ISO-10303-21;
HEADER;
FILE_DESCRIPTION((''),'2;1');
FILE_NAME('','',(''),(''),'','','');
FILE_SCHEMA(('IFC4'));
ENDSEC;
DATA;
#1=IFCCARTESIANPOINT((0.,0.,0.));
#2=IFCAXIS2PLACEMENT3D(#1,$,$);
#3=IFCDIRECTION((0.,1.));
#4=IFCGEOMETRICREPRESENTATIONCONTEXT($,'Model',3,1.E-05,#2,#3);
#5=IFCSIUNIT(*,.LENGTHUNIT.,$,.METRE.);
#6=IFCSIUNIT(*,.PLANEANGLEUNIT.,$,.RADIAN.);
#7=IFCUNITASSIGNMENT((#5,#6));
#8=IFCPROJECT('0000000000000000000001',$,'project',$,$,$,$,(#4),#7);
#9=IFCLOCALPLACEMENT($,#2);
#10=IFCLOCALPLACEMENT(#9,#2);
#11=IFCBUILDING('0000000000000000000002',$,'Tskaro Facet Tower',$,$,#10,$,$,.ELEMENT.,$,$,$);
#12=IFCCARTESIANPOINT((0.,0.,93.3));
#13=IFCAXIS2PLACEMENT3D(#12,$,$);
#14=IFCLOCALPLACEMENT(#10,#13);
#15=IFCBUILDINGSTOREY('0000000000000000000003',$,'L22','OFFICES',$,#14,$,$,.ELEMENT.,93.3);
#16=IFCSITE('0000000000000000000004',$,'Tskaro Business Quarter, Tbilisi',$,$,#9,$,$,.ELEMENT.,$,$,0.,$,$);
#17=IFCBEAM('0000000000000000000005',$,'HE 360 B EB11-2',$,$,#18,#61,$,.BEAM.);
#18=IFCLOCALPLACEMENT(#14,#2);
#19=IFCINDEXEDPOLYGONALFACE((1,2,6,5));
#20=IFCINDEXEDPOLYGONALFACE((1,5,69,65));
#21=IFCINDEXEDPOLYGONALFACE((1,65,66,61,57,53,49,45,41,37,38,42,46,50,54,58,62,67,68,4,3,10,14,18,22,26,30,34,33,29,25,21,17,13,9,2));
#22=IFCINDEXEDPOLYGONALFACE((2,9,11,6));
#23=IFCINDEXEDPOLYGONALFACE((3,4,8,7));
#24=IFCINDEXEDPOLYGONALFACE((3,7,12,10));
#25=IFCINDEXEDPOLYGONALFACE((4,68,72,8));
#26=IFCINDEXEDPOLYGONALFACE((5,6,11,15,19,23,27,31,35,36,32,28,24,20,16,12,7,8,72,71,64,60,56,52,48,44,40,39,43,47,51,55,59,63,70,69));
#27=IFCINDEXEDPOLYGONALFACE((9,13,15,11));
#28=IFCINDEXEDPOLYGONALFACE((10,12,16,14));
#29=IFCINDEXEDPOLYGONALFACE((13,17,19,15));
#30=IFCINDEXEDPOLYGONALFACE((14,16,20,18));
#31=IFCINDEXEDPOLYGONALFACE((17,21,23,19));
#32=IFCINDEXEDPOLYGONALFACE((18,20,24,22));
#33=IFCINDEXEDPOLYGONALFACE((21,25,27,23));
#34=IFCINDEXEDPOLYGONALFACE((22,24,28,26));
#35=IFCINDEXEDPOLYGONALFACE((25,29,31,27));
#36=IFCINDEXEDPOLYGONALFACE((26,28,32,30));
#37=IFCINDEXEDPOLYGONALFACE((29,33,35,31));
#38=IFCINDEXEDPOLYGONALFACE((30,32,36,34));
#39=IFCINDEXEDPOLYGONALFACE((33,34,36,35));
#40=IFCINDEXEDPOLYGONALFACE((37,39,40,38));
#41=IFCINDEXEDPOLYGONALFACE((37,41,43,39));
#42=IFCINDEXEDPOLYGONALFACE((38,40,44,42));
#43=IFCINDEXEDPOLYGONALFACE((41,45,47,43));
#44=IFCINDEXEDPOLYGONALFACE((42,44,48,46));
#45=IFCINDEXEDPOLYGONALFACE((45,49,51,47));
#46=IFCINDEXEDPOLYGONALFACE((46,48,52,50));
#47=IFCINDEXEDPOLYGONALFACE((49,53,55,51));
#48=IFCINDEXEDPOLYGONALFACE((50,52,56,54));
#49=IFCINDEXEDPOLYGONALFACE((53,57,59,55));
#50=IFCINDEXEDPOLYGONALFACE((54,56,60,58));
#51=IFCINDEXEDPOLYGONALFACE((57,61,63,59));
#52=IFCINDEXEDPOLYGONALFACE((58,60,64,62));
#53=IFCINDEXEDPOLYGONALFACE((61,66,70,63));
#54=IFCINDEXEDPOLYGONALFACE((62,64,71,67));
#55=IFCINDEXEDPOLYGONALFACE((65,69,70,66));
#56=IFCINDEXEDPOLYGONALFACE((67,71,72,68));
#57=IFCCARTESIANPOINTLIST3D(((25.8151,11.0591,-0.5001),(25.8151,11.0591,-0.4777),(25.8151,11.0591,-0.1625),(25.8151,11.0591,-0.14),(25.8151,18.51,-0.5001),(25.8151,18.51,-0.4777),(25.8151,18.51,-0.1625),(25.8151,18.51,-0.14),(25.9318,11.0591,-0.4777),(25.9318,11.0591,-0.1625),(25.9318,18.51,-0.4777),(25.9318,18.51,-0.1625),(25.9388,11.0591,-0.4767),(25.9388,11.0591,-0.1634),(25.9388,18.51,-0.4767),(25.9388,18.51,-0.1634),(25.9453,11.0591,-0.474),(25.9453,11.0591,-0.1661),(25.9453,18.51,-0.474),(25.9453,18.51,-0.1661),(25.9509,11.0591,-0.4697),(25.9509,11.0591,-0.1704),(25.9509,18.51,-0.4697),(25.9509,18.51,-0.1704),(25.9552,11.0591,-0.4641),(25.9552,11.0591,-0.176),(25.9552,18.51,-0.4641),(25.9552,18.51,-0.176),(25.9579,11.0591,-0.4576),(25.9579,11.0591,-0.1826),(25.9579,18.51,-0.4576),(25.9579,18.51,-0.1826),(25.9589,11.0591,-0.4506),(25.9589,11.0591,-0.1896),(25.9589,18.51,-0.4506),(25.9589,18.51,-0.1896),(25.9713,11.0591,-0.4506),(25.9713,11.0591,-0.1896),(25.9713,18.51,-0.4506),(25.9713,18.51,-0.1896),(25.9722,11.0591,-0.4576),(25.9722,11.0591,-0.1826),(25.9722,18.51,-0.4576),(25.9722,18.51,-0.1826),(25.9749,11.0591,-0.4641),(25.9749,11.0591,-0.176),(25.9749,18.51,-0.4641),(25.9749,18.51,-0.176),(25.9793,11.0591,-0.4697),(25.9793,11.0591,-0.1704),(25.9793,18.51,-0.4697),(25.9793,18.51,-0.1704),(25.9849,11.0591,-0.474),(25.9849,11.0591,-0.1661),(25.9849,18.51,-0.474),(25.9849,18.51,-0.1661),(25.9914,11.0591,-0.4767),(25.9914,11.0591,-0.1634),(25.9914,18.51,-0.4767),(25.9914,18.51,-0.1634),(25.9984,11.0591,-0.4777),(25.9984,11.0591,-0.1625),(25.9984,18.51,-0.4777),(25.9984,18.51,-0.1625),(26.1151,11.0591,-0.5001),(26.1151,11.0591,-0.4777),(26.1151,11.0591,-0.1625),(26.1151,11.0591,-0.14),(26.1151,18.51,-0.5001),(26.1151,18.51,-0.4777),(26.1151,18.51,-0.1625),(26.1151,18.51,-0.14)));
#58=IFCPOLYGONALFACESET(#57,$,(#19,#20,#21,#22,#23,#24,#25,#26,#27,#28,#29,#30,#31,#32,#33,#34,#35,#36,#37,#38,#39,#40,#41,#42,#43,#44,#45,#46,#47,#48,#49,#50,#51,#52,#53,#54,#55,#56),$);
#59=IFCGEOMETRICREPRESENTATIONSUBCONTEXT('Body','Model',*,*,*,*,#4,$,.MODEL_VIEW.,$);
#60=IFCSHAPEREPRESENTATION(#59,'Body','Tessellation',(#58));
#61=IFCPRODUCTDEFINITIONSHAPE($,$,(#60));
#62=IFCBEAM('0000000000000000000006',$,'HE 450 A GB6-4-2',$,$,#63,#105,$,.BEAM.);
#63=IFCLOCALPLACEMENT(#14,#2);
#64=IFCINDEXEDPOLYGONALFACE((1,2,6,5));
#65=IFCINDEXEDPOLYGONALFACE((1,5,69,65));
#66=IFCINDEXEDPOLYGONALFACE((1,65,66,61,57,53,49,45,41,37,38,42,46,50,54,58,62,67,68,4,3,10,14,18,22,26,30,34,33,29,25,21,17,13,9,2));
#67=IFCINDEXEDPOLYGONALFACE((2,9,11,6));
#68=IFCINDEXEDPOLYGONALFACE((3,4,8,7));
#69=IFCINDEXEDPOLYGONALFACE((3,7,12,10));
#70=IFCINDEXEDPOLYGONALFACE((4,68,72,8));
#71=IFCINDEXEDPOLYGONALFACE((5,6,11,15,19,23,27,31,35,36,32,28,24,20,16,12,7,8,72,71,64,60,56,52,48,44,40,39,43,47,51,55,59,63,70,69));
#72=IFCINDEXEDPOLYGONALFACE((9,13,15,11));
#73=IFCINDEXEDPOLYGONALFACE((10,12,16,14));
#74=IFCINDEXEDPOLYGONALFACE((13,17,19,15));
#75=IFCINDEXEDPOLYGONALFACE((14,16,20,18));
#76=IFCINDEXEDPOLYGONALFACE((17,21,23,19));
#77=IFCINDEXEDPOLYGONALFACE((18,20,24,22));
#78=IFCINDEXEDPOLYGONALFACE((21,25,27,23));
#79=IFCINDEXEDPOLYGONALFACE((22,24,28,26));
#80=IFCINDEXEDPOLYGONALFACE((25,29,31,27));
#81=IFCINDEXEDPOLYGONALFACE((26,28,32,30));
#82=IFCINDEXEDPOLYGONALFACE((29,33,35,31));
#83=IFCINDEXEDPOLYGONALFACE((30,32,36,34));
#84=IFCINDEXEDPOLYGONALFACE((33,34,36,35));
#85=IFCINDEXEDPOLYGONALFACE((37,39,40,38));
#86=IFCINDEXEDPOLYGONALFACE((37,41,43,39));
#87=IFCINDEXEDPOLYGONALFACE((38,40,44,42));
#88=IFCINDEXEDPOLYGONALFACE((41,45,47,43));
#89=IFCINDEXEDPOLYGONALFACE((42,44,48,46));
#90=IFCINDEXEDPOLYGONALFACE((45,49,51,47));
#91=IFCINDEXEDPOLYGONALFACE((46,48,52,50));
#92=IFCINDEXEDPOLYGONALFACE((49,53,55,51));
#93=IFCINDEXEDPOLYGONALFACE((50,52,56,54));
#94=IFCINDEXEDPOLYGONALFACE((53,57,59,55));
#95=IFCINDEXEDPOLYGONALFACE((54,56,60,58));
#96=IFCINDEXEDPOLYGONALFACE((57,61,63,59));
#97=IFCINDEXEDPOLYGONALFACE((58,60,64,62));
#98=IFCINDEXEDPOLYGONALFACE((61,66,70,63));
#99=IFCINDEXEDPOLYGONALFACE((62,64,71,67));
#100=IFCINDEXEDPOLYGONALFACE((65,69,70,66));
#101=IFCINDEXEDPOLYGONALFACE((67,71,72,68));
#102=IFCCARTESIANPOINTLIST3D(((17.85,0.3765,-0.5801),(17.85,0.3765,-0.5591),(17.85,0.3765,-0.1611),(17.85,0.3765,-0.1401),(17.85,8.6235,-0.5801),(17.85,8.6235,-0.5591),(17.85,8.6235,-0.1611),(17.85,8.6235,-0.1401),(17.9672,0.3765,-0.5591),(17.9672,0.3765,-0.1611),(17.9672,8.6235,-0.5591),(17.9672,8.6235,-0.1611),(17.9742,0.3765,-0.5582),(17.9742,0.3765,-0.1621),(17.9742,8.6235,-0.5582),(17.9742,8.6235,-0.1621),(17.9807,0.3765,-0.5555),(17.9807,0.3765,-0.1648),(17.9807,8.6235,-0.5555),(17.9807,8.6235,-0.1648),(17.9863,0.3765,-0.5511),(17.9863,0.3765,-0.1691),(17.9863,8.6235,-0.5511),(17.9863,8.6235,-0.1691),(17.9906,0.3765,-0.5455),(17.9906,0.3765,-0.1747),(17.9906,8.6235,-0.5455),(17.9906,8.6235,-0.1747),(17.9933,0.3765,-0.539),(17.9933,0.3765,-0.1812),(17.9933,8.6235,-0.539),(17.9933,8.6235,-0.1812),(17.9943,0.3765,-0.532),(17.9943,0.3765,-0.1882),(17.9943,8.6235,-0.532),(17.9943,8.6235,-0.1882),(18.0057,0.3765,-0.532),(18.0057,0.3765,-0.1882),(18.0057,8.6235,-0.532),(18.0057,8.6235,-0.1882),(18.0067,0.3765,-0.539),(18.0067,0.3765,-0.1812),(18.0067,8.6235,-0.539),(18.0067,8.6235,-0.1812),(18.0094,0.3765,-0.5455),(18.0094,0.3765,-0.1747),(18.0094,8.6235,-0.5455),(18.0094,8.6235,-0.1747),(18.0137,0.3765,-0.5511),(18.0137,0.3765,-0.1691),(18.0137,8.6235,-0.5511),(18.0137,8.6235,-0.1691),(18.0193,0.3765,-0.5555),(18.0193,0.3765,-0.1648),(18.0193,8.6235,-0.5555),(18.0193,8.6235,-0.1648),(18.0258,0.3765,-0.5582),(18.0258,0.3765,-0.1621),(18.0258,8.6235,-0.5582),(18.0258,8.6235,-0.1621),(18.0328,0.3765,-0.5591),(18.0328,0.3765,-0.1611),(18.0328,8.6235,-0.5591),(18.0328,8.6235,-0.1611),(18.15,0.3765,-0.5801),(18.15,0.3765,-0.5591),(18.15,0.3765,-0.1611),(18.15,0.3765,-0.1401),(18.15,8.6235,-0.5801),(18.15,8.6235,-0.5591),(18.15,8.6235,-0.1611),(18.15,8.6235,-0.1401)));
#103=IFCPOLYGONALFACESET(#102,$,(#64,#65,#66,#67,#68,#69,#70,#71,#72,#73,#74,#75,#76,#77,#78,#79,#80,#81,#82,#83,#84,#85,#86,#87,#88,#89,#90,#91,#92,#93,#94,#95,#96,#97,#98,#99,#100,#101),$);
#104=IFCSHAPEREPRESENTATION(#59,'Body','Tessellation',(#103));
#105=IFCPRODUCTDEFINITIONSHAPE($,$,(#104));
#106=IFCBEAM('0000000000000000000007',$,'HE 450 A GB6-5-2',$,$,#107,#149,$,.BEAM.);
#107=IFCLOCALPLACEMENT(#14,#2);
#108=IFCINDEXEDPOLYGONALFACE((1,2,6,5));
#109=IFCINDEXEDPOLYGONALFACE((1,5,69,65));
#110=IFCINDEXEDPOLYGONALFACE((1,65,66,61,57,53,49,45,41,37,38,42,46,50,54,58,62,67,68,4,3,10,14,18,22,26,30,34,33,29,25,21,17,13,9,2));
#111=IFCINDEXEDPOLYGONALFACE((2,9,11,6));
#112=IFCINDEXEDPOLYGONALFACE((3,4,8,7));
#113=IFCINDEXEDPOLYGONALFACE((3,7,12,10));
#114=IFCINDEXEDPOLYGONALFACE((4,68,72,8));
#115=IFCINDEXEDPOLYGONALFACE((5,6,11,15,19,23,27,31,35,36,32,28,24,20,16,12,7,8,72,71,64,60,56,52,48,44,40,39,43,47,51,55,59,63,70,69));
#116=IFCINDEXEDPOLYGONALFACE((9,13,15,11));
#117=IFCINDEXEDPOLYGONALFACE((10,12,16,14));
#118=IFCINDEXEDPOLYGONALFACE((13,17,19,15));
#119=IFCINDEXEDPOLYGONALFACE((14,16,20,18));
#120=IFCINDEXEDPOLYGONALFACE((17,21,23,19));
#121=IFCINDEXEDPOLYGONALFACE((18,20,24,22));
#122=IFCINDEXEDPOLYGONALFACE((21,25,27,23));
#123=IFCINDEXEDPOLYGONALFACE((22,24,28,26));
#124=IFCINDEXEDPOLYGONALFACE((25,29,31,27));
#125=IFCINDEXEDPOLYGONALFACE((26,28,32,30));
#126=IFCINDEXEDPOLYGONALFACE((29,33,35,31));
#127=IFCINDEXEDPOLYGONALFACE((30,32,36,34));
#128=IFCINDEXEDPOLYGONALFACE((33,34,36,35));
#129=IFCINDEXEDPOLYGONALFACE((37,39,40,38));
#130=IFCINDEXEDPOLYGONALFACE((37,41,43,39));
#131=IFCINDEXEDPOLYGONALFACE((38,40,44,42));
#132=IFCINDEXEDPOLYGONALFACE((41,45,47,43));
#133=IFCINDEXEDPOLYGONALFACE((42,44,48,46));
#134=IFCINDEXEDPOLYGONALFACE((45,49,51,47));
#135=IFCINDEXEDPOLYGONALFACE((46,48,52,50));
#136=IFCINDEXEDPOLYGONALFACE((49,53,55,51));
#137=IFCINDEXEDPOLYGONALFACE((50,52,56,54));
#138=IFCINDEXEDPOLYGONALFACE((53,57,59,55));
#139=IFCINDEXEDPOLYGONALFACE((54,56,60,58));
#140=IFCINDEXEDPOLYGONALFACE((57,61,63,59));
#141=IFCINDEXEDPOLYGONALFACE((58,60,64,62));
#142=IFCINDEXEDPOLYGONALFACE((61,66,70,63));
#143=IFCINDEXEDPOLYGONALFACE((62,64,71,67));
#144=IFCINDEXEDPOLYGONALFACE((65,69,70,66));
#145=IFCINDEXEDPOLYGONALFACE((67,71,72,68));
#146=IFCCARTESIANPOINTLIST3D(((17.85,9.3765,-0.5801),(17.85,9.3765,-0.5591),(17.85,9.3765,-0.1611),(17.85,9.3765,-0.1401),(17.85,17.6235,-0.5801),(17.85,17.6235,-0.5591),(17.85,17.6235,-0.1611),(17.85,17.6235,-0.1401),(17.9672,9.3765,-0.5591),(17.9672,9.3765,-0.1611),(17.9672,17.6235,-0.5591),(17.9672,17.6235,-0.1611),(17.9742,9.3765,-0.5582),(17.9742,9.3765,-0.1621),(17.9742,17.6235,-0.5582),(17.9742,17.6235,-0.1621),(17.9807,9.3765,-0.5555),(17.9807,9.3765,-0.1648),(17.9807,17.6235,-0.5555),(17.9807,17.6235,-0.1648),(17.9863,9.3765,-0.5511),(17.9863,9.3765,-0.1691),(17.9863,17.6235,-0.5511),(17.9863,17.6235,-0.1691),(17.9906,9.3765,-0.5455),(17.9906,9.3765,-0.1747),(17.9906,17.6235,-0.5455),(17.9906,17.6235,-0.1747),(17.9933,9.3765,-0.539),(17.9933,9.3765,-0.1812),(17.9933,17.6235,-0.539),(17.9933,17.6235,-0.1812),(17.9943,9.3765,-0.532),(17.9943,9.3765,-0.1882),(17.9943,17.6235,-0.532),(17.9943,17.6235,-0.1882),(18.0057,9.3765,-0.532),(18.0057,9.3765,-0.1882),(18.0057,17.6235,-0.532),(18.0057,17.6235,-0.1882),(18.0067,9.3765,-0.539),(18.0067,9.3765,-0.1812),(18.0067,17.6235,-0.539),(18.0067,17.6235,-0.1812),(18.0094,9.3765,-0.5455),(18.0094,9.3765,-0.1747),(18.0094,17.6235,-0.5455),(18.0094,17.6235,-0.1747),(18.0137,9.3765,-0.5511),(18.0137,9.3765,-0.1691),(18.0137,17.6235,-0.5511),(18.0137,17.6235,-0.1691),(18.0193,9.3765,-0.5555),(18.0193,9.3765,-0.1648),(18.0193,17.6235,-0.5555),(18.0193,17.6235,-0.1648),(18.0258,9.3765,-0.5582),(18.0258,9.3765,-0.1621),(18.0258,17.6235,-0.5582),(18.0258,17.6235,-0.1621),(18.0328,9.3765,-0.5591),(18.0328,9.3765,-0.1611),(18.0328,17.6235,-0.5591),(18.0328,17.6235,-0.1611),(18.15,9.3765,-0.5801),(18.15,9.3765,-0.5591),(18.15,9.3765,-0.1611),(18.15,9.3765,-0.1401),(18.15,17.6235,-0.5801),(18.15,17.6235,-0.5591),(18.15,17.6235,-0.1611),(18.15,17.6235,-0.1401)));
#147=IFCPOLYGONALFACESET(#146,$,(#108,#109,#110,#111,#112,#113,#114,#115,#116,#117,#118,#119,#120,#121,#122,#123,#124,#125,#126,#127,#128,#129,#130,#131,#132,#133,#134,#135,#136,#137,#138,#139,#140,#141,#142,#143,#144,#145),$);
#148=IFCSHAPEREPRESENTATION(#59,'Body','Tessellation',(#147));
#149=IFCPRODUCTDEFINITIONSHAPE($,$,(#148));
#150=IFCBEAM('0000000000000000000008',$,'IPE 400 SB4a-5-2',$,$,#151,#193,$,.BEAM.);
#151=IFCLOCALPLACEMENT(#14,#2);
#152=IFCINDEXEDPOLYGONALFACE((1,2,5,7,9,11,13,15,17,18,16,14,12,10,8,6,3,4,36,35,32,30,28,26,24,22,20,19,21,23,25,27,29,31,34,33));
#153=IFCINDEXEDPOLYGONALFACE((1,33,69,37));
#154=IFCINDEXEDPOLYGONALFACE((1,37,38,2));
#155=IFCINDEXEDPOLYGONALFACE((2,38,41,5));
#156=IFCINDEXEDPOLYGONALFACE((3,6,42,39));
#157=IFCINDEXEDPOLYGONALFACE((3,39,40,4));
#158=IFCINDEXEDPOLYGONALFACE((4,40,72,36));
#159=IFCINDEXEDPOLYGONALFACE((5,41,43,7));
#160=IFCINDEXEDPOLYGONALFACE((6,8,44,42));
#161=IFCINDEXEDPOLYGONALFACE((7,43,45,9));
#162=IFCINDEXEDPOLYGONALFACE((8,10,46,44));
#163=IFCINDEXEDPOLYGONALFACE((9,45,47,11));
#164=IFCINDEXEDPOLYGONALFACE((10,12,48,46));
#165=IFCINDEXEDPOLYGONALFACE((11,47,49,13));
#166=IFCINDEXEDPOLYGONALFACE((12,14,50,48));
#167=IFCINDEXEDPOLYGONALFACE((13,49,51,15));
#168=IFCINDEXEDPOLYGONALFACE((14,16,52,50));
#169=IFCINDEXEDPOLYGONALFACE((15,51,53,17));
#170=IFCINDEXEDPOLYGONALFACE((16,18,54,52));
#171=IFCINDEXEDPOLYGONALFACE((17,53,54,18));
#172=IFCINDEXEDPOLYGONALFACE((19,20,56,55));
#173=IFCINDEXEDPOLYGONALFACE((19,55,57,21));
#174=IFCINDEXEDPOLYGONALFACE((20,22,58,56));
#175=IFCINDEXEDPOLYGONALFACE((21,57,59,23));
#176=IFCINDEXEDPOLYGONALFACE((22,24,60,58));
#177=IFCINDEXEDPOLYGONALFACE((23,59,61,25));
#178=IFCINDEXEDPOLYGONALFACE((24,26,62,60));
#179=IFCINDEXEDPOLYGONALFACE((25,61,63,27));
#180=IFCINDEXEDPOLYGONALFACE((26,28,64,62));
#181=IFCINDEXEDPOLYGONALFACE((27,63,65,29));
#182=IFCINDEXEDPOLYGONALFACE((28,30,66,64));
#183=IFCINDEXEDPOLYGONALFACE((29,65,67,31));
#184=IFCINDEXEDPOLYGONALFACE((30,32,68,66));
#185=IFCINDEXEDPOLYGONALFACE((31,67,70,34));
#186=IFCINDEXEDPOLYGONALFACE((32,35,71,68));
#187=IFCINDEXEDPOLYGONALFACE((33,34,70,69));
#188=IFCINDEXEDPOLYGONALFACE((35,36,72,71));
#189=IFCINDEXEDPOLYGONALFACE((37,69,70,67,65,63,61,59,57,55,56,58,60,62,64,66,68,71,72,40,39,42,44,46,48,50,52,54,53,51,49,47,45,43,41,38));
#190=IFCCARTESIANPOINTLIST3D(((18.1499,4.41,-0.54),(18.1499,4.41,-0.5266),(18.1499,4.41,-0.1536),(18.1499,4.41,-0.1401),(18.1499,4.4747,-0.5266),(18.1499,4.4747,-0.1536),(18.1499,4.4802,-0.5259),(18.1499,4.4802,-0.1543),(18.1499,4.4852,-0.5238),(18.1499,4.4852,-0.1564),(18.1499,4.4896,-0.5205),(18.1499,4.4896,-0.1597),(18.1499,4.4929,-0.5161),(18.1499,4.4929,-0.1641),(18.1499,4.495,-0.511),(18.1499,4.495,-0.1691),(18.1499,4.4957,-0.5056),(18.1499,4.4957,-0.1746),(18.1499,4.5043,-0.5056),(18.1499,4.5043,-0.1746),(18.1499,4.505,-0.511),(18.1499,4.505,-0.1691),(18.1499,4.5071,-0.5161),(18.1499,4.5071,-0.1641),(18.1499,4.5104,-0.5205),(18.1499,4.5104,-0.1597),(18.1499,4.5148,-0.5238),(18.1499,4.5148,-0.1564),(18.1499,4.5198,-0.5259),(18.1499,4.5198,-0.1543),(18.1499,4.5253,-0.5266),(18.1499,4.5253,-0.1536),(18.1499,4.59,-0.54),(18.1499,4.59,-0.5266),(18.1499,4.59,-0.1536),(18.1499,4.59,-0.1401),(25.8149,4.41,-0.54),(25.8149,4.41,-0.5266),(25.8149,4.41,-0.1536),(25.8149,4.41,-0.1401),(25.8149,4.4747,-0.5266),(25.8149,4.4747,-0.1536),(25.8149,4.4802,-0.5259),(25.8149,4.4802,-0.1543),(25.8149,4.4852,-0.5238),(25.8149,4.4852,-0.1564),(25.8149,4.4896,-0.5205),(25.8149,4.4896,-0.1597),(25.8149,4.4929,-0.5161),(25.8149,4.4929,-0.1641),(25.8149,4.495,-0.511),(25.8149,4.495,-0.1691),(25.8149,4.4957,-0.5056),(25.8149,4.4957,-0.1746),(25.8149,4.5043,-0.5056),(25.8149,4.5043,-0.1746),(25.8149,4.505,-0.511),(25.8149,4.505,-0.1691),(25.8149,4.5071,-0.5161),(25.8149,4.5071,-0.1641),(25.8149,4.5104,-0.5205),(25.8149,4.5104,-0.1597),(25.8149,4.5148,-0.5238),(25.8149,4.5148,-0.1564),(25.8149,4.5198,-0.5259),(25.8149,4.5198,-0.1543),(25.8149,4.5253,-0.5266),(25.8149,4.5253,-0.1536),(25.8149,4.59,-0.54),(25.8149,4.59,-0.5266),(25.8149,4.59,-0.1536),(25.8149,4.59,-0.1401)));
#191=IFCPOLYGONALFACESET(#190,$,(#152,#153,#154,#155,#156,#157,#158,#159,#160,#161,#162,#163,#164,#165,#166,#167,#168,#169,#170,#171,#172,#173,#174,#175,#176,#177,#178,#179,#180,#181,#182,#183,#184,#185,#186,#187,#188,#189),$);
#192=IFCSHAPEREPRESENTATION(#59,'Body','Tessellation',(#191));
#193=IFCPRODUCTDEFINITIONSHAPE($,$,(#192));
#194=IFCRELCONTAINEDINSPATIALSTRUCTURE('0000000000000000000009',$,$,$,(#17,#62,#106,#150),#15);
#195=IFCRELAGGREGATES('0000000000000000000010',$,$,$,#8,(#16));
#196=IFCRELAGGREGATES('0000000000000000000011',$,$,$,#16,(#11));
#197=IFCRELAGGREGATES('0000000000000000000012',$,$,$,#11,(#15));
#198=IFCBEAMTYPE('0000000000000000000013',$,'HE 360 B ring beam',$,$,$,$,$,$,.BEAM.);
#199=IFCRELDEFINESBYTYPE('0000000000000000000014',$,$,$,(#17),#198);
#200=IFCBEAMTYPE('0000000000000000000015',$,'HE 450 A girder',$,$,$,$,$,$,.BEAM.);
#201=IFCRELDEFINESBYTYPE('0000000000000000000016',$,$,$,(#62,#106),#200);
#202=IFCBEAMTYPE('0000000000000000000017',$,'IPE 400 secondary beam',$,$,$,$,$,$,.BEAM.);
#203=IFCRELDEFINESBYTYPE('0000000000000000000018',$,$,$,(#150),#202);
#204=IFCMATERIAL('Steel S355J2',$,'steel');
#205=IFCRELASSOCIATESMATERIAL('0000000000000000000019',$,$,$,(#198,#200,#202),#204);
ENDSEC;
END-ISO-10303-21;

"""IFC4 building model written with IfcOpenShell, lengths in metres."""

from ifc_helpers import new_model, si_unit, direction, frame, origin, origin_2d, place, context, subcontext, project, spatial, i_section, extrude, material, material_profile, profile_set, type_object, element, save


model = new_model("IFC4")

# Units and contexts
model_context = context("Model", 3, precision=1e-05, world=origin(), true_north=direction((0.0, 1.0)))
body_context = subcontext(model_context, "Body", "Model", "MODEL_VIEW")
ifc_project = project(units=[si_unit("LENGTHUNIT", "METRE"), si_unit("PLANEANGLEUNIT", "RADIAN")], contexts=[model_context])

# Site, building, storey
site_placement = place(None, origin())
site = spatial("IfcSite", under=ifc_project, at=site_placement, Name="Tskaro Business Quarter, Tbilisi", CompositionType="ELEMENT", RefElevation=0.0)
building_placement = place(site_placement, origin())
building = spatial("IfcBuilding", under=site, at=building_placement, Name="Tskaro Facet Tower", CompositionType="ELEMENT")
storey_placement = place(building_placement, frame((0.0, 0.0, 93.3)))
storey = spatial("IfcBuildingStorey", under=building, at=storey_placement, Name="L22", Description="OFFICES", CompositionType="ELEMENT", Elevation=93.3)

# Beams
ifc_material_1 = material(Name="Steel S355J2", Category="steel")
ifc_material_profile_1 = material_profile(ifc_material_1, i_section(OverallWidth=0.3, OverallDepth=0.3601, WebThickness=0.0125, FlangeThickness=0.0225, FilletRadius=0.0271, at=origin_2d()), Name="HE 360 B")
ifc_profile_set_1 = profile_set([ifc_material_profile_1], Name="Steel S355J2")
beam_type_1 = type_object("IfcBeamType", Name="HE 360 B ring beam", PredefinedType="BEAM", material=ifc_profile_set_1)
for number, where, z_axis, x_axis, name in (
    (1, (25.9651, 11.0591, -0.3201), (0.0, 1.0, 0.0), (-1.0, 0.0, 0.0), "HE 360 B EB11-2"),
):
    element("IfcBeam", number, at=place(storey_placement, frame(where, z_axis=z_axis, x_axis=x_axis)), inside=storey, type_object=beam_type_1, Name=name, PredefinedType="BEAM", context=body_context, shape_type="SweptSolid", body=[
        extrude(i_section(OverallWidth=0.3, OverallDepth=0.3601, WebThickness=0.0125, FlangeThickness=0.0225, FilletRadius=0.0271, at=origin_2d()), origin(), (0.0, 0.0, 1.0), 7.4509),
    ])
ifc_material_profile_2 = material_profile(ifc_material_1, i_section(OverallWidth=0.3, OverallDepth=0.4399, WebThickness=0.0115, FlangeThickness=0.021, FilletRadius=0.0271, at=origin_2d()), Name="HE 450 A")
ifc_profile_set_2 = profile_set([ifc_material_profile_2], Name="Steel S355J2")
beam_type_2 = type_object("IfcBeamType", Name="HE 450 A girder", PredefinedType="BEAM", material=ifc_profile_set_2)
for number, where, z_axis, x_axis, name in (
    (2, (18.0, 0.3765, -0.3601), (0.0, 1.0, 0.0), (-1.0, 0.0, 0.0), "HE 450 A GB6-4-2"),
    (3, (18.0, 9.3765, -0.3601), (0.0, 1.0, 0.0), (-1.0, 0.0, 0.0), "HE 450 A GB6-5-2"),
):
    element("IfcBeam", number, at=place(storey_placement, frame(where, z_axis=z_axis, x_axis=x_axis)), inside=storey, type_object=beam_type_2, Name=name, PredefinedType="BEAM", context=body_context, shape_type="SweptSolid", body=[
        extrude(i_section(OverallWidth=0.3, OverallDepth=0.4399, WebThickness=0.0115, FlangeThickness=0.021, FilletRadius=0.0271, at=origin_2d()), origin(), (0.0, 0.0, 1.0), 8.2471),
    ])
ifc_material_profile_3 = material_profile(ifc_material_1, i_section(OverallWidth=0.1799, OverallDepth=0.3999, WebThickness=0.0085, FlangeThickness=0.0134, FilletRadius=0.021, at=origin_2d()), Name="IPE 400")
ifc_profile_set_3 = profile_set([ifc_material_profile_3], Name="Steel S355J2")
beam_type_3 = type_object("IfcBeamType", Name="IPE 400 secondary beam", PredefinedType="BEAM", material=ifc_profile_set_3)
beam_placement = place(storey_placement, frame((18.1499, 4.5, -0.3401), z_axis=(1.0, 0.0, 0.0), x_axis=(0.0, 1.0, 0.0)))
element("IfcBeam", 4, at=beam_placement, inside=storey, type_object=beam_type_3, Name="IPE 400 SB4a-5-2", PredefinedType="BEAM", context=body_context, shape_type="SweptSolid", body=[
    extrude(i_section(OverallWidth=0.1799, OverallDepth=0.3999, WebThickness=0.0085, FlangeThickness=0.0134, FilletRadius=0.021, at=origin_2d()), origin(), (0.0, 0.0, 1.0), 7.665),
])

save(model, "model.ifc")
